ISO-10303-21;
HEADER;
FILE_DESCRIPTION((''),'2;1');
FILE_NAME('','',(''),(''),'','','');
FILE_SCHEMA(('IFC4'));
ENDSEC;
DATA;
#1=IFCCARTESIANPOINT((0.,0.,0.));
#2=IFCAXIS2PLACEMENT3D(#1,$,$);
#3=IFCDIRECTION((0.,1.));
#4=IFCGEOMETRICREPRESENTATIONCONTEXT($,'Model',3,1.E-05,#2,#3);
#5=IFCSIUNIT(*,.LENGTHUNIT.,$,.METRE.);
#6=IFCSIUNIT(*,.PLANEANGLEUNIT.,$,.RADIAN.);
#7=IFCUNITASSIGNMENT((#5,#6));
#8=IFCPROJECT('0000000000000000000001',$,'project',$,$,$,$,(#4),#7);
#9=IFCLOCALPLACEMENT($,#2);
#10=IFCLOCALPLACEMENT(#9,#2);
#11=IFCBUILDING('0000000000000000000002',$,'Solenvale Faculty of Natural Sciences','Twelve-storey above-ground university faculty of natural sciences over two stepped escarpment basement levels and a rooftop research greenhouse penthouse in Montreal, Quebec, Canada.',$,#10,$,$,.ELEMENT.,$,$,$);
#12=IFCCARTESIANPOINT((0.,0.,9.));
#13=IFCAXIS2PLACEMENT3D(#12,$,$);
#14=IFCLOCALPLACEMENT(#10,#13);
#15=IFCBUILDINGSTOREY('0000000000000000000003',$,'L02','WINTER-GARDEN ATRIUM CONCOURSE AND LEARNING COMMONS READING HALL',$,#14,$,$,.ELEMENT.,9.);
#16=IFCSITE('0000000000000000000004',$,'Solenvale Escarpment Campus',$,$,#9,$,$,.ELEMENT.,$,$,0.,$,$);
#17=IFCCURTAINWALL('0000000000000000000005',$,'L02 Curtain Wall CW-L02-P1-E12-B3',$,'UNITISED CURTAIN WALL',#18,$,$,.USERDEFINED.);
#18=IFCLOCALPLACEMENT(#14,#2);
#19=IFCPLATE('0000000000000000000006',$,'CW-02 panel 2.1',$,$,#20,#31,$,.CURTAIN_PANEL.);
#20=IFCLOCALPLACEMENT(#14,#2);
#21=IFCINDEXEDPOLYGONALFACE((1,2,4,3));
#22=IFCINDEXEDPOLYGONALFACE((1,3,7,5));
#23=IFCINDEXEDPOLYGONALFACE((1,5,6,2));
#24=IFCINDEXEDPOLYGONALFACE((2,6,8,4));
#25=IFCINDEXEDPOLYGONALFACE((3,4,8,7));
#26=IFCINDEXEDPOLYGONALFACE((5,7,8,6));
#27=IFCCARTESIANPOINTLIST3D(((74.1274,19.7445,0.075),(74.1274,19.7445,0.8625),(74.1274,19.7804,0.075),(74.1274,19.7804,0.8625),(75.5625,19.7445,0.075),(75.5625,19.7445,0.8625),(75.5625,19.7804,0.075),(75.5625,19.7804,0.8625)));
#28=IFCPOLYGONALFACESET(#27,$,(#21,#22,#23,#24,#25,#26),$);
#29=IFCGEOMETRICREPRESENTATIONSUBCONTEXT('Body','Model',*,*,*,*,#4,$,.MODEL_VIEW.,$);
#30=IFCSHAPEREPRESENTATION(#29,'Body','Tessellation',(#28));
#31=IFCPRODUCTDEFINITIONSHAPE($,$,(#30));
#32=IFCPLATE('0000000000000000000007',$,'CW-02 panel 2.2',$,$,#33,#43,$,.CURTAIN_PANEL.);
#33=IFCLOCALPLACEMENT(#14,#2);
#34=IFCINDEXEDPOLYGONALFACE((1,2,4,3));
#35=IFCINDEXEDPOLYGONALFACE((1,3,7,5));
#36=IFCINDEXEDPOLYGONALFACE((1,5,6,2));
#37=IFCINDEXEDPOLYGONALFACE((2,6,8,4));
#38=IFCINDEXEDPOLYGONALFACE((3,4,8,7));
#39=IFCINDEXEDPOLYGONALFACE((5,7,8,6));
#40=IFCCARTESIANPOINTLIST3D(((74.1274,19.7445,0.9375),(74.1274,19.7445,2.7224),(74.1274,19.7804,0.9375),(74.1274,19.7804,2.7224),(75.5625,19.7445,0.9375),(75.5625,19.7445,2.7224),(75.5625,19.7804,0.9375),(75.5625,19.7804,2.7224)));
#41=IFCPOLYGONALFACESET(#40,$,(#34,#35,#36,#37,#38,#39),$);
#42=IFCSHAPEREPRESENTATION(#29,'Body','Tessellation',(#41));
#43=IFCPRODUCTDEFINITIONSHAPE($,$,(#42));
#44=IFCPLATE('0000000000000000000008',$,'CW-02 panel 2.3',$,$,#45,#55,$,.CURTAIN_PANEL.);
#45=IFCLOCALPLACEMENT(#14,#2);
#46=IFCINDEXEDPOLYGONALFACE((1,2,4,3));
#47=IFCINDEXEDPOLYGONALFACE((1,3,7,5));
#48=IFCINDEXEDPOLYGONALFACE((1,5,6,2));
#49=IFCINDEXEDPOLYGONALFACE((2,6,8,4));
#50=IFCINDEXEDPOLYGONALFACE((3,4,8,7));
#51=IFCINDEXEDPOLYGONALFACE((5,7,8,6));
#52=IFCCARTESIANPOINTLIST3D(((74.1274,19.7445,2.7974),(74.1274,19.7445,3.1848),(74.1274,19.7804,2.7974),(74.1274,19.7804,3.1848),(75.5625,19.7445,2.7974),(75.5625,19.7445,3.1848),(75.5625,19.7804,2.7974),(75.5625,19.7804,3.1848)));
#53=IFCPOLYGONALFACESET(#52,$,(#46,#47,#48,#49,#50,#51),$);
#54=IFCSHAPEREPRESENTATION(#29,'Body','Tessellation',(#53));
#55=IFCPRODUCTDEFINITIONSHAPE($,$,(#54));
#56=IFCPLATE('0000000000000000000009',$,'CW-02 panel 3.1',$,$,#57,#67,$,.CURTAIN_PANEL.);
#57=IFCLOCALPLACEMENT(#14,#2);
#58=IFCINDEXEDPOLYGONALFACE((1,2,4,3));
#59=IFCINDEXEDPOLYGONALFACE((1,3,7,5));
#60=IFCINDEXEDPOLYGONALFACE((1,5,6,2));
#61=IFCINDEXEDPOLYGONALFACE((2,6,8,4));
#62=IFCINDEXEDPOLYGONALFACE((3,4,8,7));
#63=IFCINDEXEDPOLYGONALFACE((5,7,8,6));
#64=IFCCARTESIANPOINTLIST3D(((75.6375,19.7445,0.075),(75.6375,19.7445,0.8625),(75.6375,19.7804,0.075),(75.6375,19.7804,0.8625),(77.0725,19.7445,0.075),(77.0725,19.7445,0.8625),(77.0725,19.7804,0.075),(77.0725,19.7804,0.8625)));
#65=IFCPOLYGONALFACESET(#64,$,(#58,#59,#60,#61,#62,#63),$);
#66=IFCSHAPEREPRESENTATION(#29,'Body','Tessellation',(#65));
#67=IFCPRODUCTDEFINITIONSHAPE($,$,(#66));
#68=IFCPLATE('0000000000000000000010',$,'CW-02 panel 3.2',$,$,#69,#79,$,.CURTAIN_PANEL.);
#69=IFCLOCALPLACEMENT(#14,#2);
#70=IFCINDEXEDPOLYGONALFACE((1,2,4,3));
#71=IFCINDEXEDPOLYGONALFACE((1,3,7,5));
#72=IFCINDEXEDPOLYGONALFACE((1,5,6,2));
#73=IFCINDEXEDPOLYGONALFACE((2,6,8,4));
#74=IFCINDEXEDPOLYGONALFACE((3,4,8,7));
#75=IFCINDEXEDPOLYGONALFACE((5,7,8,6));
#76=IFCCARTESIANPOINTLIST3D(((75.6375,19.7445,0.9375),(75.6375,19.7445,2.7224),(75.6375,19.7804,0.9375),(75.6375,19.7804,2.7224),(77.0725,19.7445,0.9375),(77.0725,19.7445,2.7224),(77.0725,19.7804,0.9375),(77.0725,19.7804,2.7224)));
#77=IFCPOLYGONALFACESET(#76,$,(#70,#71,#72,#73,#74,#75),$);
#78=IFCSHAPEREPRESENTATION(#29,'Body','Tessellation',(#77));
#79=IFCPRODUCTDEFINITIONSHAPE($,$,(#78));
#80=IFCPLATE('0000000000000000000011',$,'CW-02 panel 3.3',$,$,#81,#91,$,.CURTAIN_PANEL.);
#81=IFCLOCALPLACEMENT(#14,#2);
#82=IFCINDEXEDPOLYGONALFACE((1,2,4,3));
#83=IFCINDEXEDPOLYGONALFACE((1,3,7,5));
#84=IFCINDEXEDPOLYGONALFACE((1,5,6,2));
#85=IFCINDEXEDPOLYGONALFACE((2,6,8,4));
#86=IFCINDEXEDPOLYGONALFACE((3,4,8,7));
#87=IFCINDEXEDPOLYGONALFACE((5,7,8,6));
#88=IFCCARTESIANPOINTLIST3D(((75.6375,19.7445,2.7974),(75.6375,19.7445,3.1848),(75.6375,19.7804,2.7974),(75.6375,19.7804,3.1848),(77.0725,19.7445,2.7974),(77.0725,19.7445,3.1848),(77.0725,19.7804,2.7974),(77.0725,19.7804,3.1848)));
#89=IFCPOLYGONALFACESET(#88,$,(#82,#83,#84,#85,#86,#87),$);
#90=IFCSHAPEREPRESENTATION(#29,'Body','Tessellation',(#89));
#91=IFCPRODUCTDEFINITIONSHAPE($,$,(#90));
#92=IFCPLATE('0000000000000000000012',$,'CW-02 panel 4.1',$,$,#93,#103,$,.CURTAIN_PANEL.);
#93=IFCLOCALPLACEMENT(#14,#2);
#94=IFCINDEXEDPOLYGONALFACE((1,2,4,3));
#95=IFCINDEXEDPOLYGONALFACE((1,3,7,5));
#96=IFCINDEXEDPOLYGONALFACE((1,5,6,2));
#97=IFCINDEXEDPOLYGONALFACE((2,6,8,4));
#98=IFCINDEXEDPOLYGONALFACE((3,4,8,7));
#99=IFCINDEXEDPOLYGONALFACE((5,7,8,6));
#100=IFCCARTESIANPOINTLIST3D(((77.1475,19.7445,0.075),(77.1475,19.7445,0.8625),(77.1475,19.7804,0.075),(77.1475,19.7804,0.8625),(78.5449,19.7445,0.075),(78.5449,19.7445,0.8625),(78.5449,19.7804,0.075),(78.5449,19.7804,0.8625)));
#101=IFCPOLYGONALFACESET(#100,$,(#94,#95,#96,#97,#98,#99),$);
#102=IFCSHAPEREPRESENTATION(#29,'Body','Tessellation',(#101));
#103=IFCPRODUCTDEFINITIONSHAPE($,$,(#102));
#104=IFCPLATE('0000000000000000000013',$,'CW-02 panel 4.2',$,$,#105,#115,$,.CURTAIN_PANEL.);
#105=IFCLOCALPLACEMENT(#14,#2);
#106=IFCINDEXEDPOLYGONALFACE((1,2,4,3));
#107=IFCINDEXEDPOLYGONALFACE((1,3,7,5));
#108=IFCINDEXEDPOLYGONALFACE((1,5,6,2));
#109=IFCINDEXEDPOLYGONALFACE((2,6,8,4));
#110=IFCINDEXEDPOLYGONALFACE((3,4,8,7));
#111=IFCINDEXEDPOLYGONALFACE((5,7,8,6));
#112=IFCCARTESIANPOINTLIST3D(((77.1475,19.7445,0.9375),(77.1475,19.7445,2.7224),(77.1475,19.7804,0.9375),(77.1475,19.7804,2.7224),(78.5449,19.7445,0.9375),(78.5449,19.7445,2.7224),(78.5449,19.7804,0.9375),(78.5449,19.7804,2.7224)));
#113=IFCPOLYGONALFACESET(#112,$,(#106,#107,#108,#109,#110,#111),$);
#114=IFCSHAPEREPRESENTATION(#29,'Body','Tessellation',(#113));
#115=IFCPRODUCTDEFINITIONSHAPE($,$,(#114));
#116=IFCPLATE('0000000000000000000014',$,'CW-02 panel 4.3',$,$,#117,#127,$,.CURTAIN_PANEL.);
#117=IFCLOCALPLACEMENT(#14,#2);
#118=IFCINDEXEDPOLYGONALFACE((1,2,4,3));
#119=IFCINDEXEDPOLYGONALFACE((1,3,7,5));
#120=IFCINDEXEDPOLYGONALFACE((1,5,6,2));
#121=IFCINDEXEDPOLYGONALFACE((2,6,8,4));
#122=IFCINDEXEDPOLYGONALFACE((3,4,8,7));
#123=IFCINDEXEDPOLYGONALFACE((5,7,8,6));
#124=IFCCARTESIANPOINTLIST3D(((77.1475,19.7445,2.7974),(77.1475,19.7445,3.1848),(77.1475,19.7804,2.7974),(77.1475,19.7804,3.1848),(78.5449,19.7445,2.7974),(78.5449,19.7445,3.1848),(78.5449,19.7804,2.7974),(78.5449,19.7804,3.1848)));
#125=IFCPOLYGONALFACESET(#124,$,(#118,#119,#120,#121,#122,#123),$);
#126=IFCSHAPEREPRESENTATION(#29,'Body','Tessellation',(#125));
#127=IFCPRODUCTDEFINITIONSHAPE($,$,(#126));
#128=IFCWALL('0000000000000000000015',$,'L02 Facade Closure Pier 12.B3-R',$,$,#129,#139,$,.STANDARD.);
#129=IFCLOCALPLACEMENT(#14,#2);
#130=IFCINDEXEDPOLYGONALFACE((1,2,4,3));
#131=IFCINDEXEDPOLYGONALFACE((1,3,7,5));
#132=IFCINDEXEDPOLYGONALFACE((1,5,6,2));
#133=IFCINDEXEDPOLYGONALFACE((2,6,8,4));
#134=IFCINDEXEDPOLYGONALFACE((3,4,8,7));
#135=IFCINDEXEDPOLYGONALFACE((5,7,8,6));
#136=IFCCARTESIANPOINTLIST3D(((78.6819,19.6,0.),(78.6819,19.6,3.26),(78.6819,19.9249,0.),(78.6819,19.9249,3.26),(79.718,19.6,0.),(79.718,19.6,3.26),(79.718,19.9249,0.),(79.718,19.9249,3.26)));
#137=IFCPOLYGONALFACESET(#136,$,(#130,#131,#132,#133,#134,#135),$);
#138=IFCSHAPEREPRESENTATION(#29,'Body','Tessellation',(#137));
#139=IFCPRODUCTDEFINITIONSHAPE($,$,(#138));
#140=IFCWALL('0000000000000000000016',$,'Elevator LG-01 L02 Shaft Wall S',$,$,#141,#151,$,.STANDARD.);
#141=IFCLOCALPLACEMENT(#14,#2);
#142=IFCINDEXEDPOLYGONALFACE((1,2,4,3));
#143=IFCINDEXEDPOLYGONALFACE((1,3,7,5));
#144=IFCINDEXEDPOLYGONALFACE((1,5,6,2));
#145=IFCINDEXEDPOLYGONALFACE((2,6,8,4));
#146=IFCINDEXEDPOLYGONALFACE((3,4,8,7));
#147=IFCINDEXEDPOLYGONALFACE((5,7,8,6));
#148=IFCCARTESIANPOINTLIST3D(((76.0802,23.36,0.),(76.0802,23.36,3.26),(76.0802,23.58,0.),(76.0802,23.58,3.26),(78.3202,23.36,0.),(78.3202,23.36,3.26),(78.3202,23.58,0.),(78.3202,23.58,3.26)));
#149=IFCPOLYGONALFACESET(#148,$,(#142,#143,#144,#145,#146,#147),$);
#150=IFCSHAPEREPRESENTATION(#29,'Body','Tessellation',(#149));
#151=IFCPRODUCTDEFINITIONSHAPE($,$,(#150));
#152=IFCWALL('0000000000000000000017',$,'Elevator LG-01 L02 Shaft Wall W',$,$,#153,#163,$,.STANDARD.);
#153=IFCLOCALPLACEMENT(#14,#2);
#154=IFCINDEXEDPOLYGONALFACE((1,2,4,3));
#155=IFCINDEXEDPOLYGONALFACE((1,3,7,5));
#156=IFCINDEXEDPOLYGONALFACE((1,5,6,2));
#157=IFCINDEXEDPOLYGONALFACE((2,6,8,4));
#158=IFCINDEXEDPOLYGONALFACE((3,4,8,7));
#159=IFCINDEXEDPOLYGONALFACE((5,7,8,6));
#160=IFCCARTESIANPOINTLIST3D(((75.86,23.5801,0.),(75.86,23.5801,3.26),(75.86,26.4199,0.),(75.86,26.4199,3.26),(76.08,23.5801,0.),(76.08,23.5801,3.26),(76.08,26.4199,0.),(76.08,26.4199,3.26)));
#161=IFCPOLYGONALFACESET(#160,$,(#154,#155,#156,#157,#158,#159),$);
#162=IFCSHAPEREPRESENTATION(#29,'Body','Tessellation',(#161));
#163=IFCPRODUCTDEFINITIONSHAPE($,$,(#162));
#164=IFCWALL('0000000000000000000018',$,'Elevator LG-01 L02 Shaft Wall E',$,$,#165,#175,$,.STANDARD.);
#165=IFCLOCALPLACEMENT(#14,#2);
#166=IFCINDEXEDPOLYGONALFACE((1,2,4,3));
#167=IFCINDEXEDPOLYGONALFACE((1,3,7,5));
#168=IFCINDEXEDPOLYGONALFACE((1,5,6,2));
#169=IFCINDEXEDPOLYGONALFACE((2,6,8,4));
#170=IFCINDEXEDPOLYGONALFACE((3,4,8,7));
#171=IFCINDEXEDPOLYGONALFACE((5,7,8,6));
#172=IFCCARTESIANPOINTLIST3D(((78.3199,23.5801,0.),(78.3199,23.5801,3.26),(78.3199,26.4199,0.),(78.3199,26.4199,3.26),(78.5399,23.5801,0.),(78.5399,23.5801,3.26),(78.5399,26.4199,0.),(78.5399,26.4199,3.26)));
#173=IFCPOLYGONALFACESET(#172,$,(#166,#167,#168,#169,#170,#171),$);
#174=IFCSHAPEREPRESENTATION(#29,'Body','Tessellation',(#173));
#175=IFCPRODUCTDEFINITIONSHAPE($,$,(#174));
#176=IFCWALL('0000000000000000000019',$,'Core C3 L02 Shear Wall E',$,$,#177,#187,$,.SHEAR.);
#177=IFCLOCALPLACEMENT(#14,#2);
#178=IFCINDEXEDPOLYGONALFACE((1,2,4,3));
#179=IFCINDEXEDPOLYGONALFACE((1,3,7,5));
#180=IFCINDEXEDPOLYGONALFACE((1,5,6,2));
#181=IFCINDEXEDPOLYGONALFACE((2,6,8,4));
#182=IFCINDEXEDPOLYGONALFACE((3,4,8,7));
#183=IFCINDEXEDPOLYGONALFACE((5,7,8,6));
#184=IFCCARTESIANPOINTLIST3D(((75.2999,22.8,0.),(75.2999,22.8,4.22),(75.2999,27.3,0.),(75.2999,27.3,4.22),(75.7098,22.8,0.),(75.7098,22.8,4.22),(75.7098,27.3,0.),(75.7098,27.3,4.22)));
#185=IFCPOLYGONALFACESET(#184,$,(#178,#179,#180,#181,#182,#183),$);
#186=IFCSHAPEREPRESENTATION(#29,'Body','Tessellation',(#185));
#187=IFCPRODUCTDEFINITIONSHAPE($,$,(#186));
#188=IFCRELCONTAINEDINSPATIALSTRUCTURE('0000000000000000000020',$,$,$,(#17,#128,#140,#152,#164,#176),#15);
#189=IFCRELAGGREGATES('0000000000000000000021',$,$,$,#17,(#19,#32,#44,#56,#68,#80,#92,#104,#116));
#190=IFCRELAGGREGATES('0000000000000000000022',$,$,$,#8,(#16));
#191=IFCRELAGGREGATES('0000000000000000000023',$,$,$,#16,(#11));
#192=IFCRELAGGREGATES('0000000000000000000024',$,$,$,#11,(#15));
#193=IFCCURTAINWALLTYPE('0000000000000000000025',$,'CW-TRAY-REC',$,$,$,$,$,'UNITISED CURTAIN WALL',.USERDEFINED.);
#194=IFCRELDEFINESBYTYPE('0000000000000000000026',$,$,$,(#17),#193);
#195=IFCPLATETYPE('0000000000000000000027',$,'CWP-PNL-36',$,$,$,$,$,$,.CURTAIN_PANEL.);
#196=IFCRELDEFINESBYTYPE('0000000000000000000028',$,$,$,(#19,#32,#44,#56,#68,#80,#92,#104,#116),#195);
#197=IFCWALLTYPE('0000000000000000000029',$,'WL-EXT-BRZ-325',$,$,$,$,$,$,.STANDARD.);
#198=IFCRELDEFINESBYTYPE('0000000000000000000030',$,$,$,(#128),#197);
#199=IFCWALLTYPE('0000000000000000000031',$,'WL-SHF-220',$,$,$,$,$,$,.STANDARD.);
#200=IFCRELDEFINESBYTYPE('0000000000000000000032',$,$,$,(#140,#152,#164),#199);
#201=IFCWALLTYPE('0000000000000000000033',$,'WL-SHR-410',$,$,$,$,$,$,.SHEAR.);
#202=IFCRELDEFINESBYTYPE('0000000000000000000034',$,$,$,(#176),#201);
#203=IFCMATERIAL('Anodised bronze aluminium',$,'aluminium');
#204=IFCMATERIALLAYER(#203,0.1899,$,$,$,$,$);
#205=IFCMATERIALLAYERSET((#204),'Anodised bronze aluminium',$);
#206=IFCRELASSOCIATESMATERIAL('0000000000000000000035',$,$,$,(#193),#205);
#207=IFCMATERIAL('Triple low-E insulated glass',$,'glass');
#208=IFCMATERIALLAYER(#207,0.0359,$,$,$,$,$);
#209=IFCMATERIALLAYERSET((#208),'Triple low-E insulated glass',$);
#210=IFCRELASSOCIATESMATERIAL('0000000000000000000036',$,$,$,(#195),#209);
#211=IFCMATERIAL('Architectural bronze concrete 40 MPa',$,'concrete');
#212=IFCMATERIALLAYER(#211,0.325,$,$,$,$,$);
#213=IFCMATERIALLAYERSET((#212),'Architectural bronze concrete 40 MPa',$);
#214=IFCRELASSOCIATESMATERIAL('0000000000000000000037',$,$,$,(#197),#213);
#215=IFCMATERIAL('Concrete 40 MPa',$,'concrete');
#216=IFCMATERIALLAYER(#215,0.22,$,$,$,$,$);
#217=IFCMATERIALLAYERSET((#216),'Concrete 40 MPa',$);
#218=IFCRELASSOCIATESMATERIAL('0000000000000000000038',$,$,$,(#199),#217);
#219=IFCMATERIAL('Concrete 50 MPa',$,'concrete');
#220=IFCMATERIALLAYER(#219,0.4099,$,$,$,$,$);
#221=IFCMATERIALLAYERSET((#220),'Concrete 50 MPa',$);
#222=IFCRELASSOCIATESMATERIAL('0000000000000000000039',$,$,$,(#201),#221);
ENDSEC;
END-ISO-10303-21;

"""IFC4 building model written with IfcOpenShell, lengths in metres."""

from ifc_helpers import new_model, si_unit, direction, frame, frame_2d, origin, origin_2d, place, context, subcontext, project, spatial, rectangle, extrude, material, layer, layer_set, type_object, element, aggregate, save


model = new_model("IFC4")

# Units and contexts
model_context = context("Model", 3, precision=1e-05, world=origin(), true_north=direction((0.0, 1.0)))
body_context = subcontext(model_context, "Body", "Model", "MODEL_VIEW")
ifc_project = project(units=[si_unit("LENGTHUNIT", "METRE"), si_unit("PLANEANGLEUNIT", "RADIAN")], contexts=[model_context])

# Site, building, storey
site_placement = place(None, origin())
site = spatial("IfcSite", under=ifc_project, at=site_placement, Name="Solenvale Escarpment Campus", CompositionType="ELEMENT", RefElevation=0.0)
building_placement = place(site_placement, origin())
building = spatial("IfcBuilding", under=site, at=building_placement, Name="Solenvale Faculty of Natural Sciences", Description="Twelve-storey above-ground university faculty of natural sciences over two stepped escarpment basement levels and a rooftop research greenhouse penthouse in Montreal, Quebec, Canada.", CompositionType="ELEMENT")
storey_placement = place(building_placement, frame((0.0, 0.0, 9.0)))
storey = spatial("IfcBuildingStorey", under=building, at=storey_placement, Name="L02", Description="WINTER-GARDEN ATRIUM CONCOURSE AND LEARNING COMMONS READING HALL", CompositionType="ELEMENT", Elevation=9.0)

# Curtain wall, plates
ifc_material_1 = material(Name="Anodised bronze aluminium", Category="aluminium")
ifc_layer_1 = layer(ifc_material_1, 0.1899)
ifc_layer_set_1 = layer_set([ifc_layer_1], Name="Anodised bronze aluminium")
curtain_wall_type = type_object("IfcCurtainWallType", Name="CW-TRAY-REC", ElementType="UNITISED CURTAIN WALL", PredefinedType="USERDEFINED", material=ifc_layer_set_1)
curtain_wall_placement = place(storey_placement, origin())
curtain_wall = element("IfcCurtainWall", 1, at=curtain_wall_placement, inside=storey, type_object=curtain_wall_type, Name="L02 Curtain Wall CW-L02-P1-E12-B3", ObjectType="UNITISED CURTAIN WALL", PredefinedType="USERDEFINED")
ifc_material_2 = material(Name="Triple low-E insulated glass", Category="glass")
ifc_layer_2 = layer(ifc_material_2, 0.0359)
ifc_layer_set_2 = layer_set([ifc_layer_2], Name="Triple low-E insulated glass")
plate_type = type_object("IfcPlateType", Name="CWP-PNL-36", PredefinedType="CURTAIN_PANEL", material=ifc_layer_set_2)
plate_1_placement = place(storey_placement, frame((74.845, 19.7625, 0.075), z_axis=(0.0, 0.0, 1.0), x_axis=(1.0, 0.0, 0.0)))
plate_1 = element("IfcPlate", 2, at=plate_1_placement, type_object=plate_type, Name="CW-02 panel 2.1", PredefinedType="CURTAIN_PANEL", context=body_context, shape_type="SweptSolid", body=[
    extrude(rectangle(XDim=1.4351, YDim=0.0359, at=origin_2d()), origin(), (0.0, 0.0, 1.0), 0.7876),
])
plate_2_placement = place(storey_placement, frame((74.845, 19.7625, 0.9375), z_axis=(0.0, 0.0, 1.0), x_axis=(1.0, 0.0, 0.0)))
plate_2 = element("IfcPlate", 3, at=plate_2_placement, type_object=plate_type, Name="CW-02 panel 2.2", PredefinedType="CURTAIN_PANEL", context=body_context, shape_type="SweptSolid", body=[
    extrude(rectangle(XDim=1.4351, YDim=0.0359, at=origin_2d()), origin(), (0.0, 0.0, 1.0), 1.7849),
])
plate_3_placement = place(storey_placement, frame((74.845, 19.7625, 2.7974), z_axis=(0.0, 0.0, 1.0), x_axis=(1.0, 0.0, 0.0)))
plate_3 = element("IfcPlate", 4, at=plate_3_placement, type_object=plate_type, Name="CW-02 panel 2.3", PredefinedType="CURTAIN_PANEL", context=body_context, shape_type="SweptSolid", body=[
    extrude(rectangle(XDim=1.4351, YDim=0.0359, at=origin_2d()), origin(), (0.0, 0.0, 1.0), 0.3875),
])
plate_4_placement = place(storey_placement, frame((76.355, 19.7625, 0.075), z_axis=(0.0, 0.0, 1.0), x_axis=(1.0, 0.0, 0.0)))
plate_4 = element("IfcPlate", 5, at=plate_4_placement, type_object=plate_type, Name="CW-02 panel 3.1", PredefinedType="CURTAIN_PANEL", context=body_context, shape_type="SweptSolid", body=[
    extrude(rectangle(XDim=1.4351, YDim=0.0359, at=origin_2d()), origin(), (0.0, 0.0, 1.0), 0.7876),
])
plate_5_placement = place(storey_placement, frame((76.355, 19.7625, 0.9375), z_axis=(0.0, 0.0, 1.0), x_axis=(1.0, 0.0, 0.0)))
plate_5 = element("IfcPlate", 6, at=plate_5_placement, type_object=plate_type, Name="CW-02 panel 3.2", PredefinedType="CURTAIN_PANEL", context=body_context, shape_type="SweptSolid", body=[
    extrude(rectangle(XDim=1.4351, YDim=0.0359, at=origin_2d()), origin(), (0.0, 0.0, 1.0), 1.7849),
])
plate_6_placement = place(storey_placement, frame((76.355, 19.7625, 2.7974), z_axis=(0.0, 0.0, 1.0), x_axis=(1.0, 0.0, 0.0)))
plate_6 = element("IfcPlate", 7, at=plate_6_placement, type_object=plate_type, Name="CW-02 panel 3.3", PredefinedType="CURTAIN_PANEL", context=body_context, shape_type="SweptSolid", body=[
    extrude(rectangle(XDim=1.4351, YDim=0.0359, at=origin_2d()), origin(), (0.0, 0.0, 1.0), 0.3875),
])
plate_7_placement = place(storey_placement, frame((77.8462, 19.7625, 0.075), z_axis=(0.0, 0.0, 1.0), x_axis=(1.0, 0.0, 0.0)))
plate_7 = element("IfcPlate", 8, at=plate_7_placement, type_object=plate_type, Name="CW-02 panel 4.1", PredefinedType="CURTAIN_PANEL", context=body_context, shape_type="SweptSolid", body=[
    extrude(rectangle(XDim=1.3975, YDim=0.0359, at=origin_2d()), origin(), (0.0, 0.0, 1.0), 0.7876),
])
plate_8_placement = place(storey_placement, frame((77.8462, 19.7625, 0.9375), z_axis=(0.0, 0.0, 1.0), x_axis=(1.0, 0.0, 0.0)))
plate_8 = element("IfcPlate", 9, at=plate_8_placement, type_object=plate_type, Name="CW-02 panel 4.2", PredefinedType="CURTAIN_PANEL", context=body_context, shape_type="SweptSolid", body=[
    extrude(rectangle(XDim=1.3975, YDim=0.0359, at=origin_2d()), origin(), (0.0, 0.0, 1.0), 1.7849),
])
plate_9_placement = place(storey_placement, frame((77.8462, 19.7625, 2.7974), z_axis=(0.0, 0.0, 1.0), x_axis=(1.0, 0.0, 0.0)))
plate_9 = element("IfcPlate", 10, at=plate_9_placement, type_object=plate_type, Name="CW-02 panel 4.3", PredefinedType="CURTAIN_PANEL", context=body_context, shape_type="SweptSolid", body=[
    extrude(rectangle(XDim=1.3975, YDim=0.0359, at=origin_2d()), origin(), (0.0, 0.0, 1.0), 0.3875),
])
aggregate(curtain_wall, [plate_1, plate_2, plate_3, plate_4, plate_5, plate_6, plate_7, plate_8, plate_9])

# Walls
ifc_material_3 = material(Name="Architectural bronze concrete 40 MPa", Category="concrete")
ifc_layer_3 = layer(ifc_material_3, 0.325)
ifc_layer_set_3 = layer_set([ifc_layer_3], Name="Architectural bronze concrete 40 MPa")
wall_type_1 = type_object("IfcWallType", Name="WL-EXT-BRZ-325", PredefinedType="STANDARD", material=ifc_layer_set_3)
wall_1_placement = place(storey_placement, frame((78.6819, 19.7625, 0.0), z_axis=(0.0, 0.0, 1.0), x_axis=(1.0, 0.0, 0.0)))
element("IfcWall", 11, at=wall_1_placement, inside=storey, type_object=wall_type_1, Name="L02 Facade Closure Pier 12.B3-R", PredefinedType="STANDARD", context=body_context, shape_type="SweptSolid", body=[
    extrude(rectangle(XDim=1.0361, YDim=0.325, at=frame_2d((0.5181, 0.0))), origin(), (0.0, 0.0, 1.0), 3.26),
])
ifc_material_4 = material(Name="Concrete 40 MPa", Category="concrete")
ifc_layer_4 = layer(ifc_material_4, 0.22)
ifc_layer_set_4 = layer_set([ifc_layer_4], Name="Concrete 40 MPa")
wall_type_2 = type_object("IfcWallType", Name="WL-SHF-220", PredefinedType="STANDARD", material=ifc_layer_set_4)
wall_2_placement = place(storey_placement, frame((76.0801, 23.47, 0.0), z_axis=(0.0, 0.0, 1.0), x_axis=(1.0, 0.0, 0.0)))
element("IfcWall", 12, at=wall_2_placement, inside=storey, type_object=wall_type_2, Name="Elevator LG-01 L02 Shaft Wall S", PredefinedType="STANDARD", context=body_context, shape_type="SweptSolid", body=[
    extrude(rectangle(XDim=2.24, YDim=0.22, at=frame_2d((1.1201, 0.0))), origin(), (0.0, 0.0, 1.0), 3.26),
])
for number, where, z_axis, x_axis, name in (
    (13, (75.97, 23.5801, 0.0), (0.0, 0.0, 1.0), (0.0, 1.0, 0.0), "Elevator LG-01 L02 Shaft Wall W"),
    (14, (78.4299, 23.5801, 0.0), (0.0, 0.0, 1.0), (0.0, 1.0, 0.0), "Elevator LG-01 L02 Shaft Wall E"),
):
    element("IfcWall", number, at=place(storey_placement, frame(where, z_axis=z_axis, x_axis=x_axis)), inside=storey, type_object=wall_type_2, Name=name, PredefinedType="STANDARD", context=body_context, shape_type="SweptSolid", body=[
        extrude(rectangle(XDim=2.8398, YDim=0.22, at=frame_2d((1.4199, 0.0))), origin(), (0.0, 0.0, 1.0), 3.26),
    ])
ifc_material_5 = material(Name="Concrete 50 MPa", Category="concrete")
ifc_layer_5 = layer(ifc_material_5, 0.4099)
ifc_layer_set_5 = layer_set([ifc_layer_5], Name="Concrete 50 MPa")
wall_type_3 = type_object("IfcWallType", Name="WL-SHR-410", PredefinedType="SHEAR", material=ifc_layer_set_5)
wall_3_placement = place(storey_placement, frame((75.5049, 22.8, 0.0), z_axis=(0.0, 0.0, 1.0), x_axis=(0.0, 1.0, 0.0)))
element("IfcWall", 15, at=wall_3_placement, inside=storey, type_object=wall_type_3, Name="Core C3 L02 Shear Wall E", PredefinedType="SHEAR", context=body_context, shape_type="SweptSolid", body=[
    extrude(rectangle(XDim=4.5, YDim=0.4099, at=frame_2d((2.25, 0.0))), origin(), (0.0, 0.0, 1.0), 4.22),
])

save(model, "model.ifc")
